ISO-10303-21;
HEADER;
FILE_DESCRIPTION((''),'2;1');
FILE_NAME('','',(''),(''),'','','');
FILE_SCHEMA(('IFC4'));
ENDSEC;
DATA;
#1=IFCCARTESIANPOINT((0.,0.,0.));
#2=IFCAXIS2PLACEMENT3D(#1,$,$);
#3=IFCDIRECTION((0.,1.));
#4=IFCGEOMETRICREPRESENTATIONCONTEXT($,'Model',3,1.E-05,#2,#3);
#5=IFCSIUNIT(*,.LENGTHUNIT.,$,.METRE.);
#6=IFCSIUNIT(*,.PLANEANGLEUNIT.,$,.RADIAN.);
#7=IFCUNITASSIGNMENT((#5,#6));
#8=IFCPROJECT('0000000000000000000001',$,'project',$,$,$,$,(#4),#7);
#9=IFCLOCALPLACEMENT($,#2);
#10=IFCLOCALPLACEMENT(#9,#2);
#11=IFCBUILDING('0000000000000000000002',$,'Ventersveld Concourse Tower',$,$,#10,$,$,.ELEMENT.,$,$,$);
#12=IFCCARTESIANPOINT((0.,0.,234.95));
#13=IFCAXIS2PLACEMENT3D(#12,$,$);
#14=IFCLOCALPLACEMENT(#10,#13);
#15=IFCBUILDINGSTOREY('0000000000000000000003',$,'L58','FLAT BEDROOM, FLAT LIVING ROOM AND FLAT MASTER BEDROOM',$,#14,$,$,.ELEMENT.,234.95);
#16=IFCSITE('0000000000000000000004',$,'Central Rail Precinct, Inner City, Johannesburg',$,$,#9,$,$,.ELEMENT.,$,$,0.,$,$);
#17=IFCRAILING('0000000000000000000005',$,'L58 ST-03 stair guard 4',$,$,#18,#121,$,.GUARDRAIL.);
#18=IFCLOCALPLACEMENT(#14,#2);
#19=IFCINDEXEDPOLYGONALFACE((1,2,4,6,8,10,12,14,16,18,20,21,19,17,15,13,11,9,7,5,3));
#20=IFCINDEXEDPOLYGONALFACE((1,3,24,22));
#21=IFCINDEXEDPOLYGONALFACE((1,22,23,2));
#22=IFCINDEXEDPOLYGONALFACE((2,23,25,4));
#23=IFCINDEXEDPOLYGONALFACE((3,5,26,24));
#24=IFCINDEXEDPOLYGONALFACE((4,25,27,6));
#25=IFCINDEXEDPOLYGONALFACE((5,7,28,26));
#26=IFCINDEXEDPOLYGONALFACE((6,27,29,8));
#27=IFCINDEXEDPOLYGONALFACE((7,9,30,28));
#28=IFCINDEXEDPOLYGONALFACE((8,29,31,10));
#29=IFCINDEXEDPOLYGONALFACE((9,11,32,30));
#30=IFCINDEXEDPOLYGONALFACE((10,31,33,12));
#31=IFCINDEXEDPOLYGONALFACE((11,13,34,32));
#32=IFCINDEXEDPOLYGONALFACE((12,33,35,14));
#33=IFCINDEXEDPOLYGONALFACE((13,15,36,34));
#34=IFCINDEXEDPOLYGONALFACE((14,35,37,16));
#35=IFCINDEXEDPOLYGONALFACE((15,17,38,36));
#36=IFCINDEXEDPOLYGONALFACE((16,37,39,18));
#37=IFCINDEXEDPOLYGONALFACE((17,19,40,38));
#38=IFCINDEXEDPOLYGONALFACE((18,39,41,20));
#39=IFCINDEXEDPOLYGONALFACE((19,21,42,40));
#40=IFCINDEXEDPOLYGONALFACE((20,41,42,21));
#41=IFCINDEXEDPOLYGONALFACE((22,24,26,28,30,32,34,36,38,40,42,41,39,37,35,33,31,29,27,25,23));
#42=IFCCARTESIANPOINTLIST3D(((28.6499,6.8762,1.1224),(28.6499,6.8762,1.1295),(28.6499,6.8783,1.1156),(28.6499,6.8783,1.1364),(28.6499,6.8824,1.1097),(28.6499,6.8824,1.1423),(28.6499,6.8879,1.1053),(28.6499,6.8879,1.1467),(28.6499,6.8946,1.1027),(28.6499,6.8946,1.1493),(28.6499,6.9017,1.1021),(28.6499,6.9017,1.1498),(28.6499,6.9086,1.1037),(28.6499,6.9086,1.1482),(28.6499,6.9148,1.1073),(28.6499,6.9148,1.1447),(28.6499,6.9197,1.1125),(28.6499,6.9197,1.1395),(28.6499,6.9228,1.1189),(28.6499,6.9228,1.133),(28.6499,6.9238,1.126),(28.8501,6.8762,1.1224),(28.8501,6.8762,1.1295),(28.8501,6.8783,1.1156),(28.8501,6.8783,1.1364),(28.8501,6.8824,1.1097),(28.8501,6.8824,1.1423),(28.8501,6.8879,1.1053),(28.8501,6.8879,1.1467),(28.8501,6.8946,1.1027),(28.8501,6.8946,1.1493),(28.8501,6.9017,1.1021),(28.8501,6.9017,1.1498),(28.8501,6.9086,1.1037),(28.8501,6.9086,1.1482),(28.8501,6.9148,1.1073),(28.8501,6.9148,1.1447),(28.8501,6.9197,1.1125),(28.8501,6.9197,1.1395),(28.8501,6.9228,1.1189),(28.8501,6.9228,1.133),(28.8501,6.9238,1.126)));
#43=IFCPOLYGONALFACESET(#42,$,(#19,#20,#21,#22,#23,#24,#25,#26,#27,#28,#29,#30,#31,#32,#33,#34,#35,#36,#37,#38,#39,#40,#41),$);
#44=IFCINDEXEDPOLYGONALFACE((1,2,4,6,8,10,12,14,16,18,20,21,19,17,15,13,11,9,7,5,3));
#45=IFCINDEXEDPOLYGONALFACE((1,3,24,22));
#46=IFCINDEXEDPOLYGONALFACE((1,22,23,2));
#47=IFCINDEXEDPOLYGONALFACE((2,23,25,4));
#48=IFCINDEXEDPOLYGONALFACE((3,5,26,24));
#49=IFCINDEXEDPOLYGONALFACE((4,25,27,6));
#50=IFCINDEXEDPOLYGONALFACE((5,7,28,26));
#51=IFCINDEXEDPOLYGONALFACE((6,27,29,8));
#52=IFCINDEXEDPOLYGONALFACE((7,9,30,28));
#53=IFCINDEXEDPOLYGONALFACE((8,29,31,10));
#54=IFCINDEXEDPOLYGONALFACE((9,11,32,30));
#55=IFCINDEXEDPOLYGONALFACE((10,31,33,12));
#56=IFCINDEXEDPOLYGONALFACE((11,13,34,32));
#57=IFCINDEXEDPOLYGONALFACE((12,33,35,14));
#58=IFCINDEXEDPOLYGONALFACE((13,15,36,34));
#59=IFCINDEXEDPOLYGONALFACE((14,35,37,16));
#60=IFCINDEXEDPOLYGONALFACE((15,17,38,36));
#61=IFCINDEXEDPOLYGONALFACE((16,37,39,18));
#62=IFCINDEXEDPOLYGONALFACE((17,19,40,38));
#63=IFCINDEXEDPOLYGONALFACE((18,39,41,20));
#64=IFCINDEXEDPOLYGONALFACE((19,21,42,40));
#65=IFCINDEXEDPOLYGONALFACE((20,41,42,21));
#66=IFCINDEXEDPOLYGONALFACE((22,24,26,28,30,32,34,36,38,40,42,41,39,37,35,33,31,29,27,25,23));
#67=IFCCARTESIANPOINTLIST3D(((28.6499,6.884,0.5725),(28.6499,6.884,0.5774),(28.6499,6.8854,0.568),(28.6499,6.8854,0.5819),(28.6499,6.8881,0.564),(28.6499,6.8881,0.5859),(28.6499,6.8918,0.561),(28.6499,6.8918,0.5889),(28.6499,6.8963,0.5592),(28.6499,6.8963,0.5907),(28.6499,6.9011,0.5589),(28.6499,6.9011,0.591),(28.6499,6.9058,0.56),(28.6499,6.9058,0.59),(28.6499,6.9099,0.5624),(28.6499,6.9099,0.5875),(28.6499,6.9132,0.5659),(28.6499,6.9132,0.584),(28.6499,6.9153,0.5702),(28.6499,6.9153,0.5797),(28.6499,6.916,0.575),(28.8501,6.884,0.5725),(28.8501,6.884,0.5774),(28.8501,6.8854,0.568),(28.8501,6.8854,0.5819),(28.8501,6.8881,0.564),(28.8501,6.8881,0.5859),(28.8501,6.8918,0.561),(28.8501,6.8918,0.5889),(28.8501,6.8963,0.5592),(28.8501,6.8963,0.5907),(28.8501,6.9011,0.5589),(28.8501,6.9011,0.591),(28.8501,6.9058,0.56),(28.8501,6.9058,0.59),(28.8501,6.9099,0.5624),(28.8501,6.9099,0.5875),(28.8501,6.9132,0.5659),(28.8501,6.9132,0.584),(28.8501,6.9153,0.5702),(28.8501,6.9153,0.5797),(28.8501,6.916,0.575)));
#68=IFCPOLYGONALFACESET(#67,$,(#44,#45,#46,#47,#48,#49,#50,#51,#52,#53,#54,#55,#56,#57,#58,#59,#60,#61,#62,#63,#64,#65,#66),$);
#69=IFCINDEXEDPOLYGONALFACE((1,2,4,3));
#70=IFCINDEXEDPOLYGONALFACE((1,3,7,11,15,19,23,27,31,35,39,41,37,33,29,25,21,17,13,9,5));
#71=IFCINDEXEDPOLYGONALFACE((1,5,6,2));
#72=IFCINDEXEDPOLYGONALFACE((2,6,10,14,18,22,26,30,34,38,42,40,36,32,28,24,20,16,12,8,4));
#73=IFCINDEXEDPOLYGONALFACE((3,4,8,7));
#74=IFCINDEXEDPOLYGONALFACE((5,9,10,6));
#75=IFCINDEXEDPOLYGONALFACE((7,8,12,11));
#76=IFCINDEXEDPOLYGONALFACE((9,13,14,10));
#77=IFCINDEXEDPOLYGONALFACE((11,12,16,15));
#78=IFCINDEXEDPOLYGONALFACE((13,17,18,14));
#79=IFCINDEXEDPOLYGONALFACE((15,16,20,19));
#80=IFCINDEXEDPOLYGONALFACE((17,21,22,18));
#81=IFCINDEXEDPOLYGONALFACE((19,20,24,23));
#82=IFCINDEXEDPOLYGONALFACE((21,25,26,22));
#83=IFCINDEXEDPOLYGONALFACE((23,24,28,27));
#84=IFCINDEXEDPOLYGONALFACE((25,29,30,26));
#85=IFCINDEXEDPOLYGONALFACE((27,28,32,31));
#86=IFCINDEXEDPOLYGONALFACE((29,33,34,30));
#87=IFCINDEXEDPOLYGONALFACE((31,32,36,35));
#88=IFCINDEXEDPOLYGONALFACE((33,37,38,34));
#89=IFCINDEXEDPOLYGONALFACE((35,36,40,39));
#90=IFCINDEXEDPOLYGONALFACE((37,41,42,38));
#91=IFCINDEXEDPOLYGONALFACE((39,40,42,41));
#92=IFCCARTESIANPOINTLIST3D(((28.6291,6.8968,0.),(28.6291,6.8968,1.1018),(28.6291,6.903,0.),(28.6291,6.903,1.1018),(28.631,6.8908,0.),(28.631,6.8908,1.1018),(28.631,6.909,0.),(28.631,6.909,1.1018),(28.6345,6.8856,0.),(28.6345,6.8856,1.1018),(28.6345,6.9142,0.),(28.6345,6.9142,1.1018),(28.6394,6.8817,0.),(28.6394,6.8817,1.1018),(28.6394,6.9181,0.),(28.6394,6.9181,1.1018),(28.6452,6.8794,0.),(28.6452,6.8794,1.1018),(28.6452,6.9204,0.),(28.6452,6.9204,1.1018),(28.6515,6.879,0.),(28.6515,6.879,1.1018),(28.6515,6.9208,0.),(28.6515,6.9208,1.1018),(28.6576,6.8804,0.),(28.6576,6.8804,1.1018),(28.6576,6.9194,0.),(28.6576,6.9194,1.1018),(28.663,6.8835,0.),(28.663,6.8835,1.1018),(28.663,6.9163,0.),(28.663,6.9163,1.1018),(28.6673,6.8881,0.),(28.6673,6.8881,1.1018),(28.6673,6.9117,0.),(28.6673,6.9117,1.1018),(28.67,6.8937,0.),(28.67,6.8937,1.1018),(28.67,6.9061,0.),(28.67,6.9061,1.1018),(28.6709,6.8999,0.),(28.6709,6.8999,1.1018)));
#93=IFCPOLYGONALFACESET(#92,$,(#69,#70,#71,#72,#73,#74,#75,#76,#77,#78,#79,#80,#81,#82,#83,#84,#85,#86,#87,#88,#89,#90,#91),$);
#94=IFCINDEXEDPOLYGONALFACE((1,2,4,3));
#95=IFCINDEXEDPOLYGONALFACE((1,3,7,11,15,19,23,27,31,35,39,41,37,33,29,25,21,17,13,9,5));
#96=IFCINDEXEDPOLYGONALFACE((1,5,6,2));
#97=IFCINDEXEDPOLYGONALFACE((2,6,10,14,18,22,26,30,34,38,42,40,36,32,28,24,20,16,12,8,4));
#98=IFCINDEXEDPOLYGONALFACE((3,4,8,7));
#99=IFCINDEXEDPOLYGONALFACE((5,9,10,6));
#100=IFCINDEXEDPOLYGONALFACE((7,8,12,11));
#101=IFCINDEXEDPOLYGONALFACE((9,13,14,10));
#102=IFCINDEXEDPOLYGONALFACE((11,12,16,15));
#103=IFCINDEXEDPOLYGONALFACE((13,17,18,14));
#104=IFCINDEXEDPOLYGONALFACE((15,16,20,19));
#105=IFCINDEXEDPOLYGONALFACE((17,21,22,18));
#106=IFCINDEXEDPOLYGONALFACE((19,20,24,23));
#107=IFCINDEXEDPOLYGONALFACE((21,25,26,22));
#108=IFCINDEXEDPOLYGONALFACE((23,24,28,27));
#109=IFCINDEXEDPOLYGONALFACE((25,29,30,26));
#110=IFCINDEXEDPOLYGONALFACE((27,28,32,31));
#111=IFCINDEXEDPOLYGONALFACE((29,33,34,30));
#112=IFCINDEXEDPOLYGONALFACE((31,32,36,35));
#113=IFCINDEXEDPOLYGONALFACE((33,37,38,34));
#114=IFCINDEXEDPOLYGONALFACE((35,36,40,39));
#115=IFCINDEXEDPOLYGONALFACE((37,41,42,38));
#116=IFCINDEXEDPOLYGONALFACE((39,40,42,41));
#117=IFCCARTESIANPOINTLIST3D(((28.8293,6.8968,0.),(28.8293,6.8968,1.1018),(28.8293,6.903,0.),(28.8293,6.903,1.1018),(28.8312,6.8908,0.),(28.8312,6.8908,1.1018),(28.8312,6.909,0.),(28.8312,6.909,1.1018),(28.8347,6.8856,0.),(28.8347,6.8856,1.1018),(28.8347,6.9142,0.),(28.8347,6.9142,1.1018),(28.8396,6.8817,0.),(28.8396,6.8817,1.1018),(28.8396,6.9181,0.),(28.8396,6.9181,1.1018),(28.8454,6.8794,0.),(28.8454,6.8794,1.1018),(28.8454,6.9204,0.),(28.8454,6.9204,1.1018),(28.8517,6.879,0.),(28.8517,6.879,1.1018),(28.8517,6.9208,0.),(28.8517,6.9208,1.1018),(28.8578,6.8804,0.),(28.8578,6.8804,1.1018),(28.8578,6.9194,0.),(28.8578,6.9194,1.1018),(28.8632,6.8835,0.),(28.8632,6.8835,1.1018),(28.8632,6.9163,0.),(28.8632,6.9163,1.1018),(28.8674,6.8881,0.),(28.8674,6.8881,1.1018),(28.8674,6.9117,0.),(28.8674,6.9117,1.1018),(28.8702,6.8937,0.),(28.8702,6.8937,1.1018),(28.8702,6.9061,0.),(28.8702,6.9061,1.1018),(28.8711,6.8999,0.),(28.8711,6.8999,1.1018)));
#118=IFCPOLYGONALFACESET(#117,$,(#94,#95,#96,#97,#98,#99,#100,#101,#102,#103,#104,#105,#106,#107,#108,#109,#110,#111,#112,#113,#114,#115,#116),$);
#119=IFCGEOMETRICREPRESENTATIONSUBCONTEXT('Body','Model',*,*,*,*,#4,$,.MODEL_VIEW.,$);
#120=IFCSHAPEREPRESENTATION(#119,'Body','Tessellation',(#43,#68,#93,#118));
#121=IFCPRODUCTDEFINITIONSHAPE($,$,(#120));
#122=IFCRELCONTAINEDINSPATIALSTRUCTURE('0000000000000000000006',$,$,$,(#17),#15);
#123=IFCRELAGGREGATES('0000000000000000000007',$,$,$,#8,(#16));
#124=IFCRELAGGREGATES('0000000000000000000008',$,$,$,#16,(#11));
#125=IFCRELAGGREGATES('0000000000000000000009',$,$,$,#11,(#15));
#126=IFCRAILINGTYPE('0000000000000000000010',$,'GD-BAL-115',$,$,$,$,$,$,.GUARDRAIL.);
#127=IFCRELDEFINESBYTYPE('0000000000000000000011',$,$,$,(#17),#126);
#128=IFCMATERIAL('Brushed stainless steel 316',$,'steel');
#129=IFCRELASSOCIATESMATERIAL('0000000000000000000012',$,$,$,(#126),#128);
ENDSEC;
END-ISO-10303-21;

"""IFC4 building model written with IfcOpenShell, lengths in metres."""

from ifc_helpers import new_model, si_unit, direction, frame, origin, origin_2d, place, context, subcontext, project, spatial, circle, extrude, material, type_object, element, save


model = new_model("IFC4")

# Units and contexts
model_context = context("Model", 3, precision=1e-05, world=origin(), true_north=direction((0.0, 1.0)))
body_context = subcontext(model_context, "Body", "Model", "MODEL_VIEW")
ifc_project = project(units=[si_unit("LENGTHUNIT", "METRE"), si_unit("PLANEANGLEUNIT", "RADIAN")], contexts=[model_context])

# Site, building, storey
site_placement = place(None, origin())
site = spatial("IfcSite", under=ifc_project, at=site_placement, Name="Central Rail Precinct, Inner City, Johannesburg", CompositionType="ELEMENT", RefElevation=0.0)
building_placement = place(site_placement, origin())
building = spatial("IfcBuilding", under=site, at=building_placement, Name="Ventersveld Concourse Tower", CompositionType="ELEMENT")
storey_placement = place(building_placement, frame((0.0, 0.0, 234.95)))
storey = spatial("IfcBuildingStorey", under=building, at=storey_placement, Name="L58", Description="FLAT BEDROOM, FLAT LIVING ROOM AND FLAT MASTER BEDROOM", CompositionType="ELEMENT", Elevation=234.95)

# Shared definitions
ifc_material_1 = material(Name="Brushed stainless steel 316", Category="steel")

# Railing
railing_type_1 = type_object("IfcRailingType", Name="GD-BAL-115", PredefinedType="GUARDRAIL", material=ifc_material_1)
railing_1_placement = place(storey_placement, frame((28.6499, 6.8999, 0.0)))
element("IfcRailing", 1, at=railing_1_placement, inside=storey, type_object=railing_type_1, Name="L58 ST-03 stair guard 4", PredefinedType="GUARDRAIL", context=body_context, shape_type="SweptSolid", body=[
    extrude(circle(Radius=0.0239, at=origin_2d()), frame((0.0, 0.0, 1.126), z_axis=(1.0, 0.0, 0.0), x_axis=(0.0, 1.0, 0.0)), (0.0, 0.0, 1.0), 0.2002),
    extrude(circle(Radius=0.0161, at=origin_2d()), frame((0.0, 0.0, 0.575), z_axis=(1.0, 0.0, 0.0), x_axis=(0.0, 1.0, 0.0)), (0.0, 0.0, 1.0), 0.2002),
    extrude(circle(Radius=0.021, at=origin_2d()), origin(), (0.0, 0.0, 1.0), 1.1018),
    extrude(circle(Radius=0.021, at=origin_2d()), frame((0.2002, 0.0, 0.0)), (0.0, 0.0, 1.0), 1.1018),
])

save(model, "model.ifc")
